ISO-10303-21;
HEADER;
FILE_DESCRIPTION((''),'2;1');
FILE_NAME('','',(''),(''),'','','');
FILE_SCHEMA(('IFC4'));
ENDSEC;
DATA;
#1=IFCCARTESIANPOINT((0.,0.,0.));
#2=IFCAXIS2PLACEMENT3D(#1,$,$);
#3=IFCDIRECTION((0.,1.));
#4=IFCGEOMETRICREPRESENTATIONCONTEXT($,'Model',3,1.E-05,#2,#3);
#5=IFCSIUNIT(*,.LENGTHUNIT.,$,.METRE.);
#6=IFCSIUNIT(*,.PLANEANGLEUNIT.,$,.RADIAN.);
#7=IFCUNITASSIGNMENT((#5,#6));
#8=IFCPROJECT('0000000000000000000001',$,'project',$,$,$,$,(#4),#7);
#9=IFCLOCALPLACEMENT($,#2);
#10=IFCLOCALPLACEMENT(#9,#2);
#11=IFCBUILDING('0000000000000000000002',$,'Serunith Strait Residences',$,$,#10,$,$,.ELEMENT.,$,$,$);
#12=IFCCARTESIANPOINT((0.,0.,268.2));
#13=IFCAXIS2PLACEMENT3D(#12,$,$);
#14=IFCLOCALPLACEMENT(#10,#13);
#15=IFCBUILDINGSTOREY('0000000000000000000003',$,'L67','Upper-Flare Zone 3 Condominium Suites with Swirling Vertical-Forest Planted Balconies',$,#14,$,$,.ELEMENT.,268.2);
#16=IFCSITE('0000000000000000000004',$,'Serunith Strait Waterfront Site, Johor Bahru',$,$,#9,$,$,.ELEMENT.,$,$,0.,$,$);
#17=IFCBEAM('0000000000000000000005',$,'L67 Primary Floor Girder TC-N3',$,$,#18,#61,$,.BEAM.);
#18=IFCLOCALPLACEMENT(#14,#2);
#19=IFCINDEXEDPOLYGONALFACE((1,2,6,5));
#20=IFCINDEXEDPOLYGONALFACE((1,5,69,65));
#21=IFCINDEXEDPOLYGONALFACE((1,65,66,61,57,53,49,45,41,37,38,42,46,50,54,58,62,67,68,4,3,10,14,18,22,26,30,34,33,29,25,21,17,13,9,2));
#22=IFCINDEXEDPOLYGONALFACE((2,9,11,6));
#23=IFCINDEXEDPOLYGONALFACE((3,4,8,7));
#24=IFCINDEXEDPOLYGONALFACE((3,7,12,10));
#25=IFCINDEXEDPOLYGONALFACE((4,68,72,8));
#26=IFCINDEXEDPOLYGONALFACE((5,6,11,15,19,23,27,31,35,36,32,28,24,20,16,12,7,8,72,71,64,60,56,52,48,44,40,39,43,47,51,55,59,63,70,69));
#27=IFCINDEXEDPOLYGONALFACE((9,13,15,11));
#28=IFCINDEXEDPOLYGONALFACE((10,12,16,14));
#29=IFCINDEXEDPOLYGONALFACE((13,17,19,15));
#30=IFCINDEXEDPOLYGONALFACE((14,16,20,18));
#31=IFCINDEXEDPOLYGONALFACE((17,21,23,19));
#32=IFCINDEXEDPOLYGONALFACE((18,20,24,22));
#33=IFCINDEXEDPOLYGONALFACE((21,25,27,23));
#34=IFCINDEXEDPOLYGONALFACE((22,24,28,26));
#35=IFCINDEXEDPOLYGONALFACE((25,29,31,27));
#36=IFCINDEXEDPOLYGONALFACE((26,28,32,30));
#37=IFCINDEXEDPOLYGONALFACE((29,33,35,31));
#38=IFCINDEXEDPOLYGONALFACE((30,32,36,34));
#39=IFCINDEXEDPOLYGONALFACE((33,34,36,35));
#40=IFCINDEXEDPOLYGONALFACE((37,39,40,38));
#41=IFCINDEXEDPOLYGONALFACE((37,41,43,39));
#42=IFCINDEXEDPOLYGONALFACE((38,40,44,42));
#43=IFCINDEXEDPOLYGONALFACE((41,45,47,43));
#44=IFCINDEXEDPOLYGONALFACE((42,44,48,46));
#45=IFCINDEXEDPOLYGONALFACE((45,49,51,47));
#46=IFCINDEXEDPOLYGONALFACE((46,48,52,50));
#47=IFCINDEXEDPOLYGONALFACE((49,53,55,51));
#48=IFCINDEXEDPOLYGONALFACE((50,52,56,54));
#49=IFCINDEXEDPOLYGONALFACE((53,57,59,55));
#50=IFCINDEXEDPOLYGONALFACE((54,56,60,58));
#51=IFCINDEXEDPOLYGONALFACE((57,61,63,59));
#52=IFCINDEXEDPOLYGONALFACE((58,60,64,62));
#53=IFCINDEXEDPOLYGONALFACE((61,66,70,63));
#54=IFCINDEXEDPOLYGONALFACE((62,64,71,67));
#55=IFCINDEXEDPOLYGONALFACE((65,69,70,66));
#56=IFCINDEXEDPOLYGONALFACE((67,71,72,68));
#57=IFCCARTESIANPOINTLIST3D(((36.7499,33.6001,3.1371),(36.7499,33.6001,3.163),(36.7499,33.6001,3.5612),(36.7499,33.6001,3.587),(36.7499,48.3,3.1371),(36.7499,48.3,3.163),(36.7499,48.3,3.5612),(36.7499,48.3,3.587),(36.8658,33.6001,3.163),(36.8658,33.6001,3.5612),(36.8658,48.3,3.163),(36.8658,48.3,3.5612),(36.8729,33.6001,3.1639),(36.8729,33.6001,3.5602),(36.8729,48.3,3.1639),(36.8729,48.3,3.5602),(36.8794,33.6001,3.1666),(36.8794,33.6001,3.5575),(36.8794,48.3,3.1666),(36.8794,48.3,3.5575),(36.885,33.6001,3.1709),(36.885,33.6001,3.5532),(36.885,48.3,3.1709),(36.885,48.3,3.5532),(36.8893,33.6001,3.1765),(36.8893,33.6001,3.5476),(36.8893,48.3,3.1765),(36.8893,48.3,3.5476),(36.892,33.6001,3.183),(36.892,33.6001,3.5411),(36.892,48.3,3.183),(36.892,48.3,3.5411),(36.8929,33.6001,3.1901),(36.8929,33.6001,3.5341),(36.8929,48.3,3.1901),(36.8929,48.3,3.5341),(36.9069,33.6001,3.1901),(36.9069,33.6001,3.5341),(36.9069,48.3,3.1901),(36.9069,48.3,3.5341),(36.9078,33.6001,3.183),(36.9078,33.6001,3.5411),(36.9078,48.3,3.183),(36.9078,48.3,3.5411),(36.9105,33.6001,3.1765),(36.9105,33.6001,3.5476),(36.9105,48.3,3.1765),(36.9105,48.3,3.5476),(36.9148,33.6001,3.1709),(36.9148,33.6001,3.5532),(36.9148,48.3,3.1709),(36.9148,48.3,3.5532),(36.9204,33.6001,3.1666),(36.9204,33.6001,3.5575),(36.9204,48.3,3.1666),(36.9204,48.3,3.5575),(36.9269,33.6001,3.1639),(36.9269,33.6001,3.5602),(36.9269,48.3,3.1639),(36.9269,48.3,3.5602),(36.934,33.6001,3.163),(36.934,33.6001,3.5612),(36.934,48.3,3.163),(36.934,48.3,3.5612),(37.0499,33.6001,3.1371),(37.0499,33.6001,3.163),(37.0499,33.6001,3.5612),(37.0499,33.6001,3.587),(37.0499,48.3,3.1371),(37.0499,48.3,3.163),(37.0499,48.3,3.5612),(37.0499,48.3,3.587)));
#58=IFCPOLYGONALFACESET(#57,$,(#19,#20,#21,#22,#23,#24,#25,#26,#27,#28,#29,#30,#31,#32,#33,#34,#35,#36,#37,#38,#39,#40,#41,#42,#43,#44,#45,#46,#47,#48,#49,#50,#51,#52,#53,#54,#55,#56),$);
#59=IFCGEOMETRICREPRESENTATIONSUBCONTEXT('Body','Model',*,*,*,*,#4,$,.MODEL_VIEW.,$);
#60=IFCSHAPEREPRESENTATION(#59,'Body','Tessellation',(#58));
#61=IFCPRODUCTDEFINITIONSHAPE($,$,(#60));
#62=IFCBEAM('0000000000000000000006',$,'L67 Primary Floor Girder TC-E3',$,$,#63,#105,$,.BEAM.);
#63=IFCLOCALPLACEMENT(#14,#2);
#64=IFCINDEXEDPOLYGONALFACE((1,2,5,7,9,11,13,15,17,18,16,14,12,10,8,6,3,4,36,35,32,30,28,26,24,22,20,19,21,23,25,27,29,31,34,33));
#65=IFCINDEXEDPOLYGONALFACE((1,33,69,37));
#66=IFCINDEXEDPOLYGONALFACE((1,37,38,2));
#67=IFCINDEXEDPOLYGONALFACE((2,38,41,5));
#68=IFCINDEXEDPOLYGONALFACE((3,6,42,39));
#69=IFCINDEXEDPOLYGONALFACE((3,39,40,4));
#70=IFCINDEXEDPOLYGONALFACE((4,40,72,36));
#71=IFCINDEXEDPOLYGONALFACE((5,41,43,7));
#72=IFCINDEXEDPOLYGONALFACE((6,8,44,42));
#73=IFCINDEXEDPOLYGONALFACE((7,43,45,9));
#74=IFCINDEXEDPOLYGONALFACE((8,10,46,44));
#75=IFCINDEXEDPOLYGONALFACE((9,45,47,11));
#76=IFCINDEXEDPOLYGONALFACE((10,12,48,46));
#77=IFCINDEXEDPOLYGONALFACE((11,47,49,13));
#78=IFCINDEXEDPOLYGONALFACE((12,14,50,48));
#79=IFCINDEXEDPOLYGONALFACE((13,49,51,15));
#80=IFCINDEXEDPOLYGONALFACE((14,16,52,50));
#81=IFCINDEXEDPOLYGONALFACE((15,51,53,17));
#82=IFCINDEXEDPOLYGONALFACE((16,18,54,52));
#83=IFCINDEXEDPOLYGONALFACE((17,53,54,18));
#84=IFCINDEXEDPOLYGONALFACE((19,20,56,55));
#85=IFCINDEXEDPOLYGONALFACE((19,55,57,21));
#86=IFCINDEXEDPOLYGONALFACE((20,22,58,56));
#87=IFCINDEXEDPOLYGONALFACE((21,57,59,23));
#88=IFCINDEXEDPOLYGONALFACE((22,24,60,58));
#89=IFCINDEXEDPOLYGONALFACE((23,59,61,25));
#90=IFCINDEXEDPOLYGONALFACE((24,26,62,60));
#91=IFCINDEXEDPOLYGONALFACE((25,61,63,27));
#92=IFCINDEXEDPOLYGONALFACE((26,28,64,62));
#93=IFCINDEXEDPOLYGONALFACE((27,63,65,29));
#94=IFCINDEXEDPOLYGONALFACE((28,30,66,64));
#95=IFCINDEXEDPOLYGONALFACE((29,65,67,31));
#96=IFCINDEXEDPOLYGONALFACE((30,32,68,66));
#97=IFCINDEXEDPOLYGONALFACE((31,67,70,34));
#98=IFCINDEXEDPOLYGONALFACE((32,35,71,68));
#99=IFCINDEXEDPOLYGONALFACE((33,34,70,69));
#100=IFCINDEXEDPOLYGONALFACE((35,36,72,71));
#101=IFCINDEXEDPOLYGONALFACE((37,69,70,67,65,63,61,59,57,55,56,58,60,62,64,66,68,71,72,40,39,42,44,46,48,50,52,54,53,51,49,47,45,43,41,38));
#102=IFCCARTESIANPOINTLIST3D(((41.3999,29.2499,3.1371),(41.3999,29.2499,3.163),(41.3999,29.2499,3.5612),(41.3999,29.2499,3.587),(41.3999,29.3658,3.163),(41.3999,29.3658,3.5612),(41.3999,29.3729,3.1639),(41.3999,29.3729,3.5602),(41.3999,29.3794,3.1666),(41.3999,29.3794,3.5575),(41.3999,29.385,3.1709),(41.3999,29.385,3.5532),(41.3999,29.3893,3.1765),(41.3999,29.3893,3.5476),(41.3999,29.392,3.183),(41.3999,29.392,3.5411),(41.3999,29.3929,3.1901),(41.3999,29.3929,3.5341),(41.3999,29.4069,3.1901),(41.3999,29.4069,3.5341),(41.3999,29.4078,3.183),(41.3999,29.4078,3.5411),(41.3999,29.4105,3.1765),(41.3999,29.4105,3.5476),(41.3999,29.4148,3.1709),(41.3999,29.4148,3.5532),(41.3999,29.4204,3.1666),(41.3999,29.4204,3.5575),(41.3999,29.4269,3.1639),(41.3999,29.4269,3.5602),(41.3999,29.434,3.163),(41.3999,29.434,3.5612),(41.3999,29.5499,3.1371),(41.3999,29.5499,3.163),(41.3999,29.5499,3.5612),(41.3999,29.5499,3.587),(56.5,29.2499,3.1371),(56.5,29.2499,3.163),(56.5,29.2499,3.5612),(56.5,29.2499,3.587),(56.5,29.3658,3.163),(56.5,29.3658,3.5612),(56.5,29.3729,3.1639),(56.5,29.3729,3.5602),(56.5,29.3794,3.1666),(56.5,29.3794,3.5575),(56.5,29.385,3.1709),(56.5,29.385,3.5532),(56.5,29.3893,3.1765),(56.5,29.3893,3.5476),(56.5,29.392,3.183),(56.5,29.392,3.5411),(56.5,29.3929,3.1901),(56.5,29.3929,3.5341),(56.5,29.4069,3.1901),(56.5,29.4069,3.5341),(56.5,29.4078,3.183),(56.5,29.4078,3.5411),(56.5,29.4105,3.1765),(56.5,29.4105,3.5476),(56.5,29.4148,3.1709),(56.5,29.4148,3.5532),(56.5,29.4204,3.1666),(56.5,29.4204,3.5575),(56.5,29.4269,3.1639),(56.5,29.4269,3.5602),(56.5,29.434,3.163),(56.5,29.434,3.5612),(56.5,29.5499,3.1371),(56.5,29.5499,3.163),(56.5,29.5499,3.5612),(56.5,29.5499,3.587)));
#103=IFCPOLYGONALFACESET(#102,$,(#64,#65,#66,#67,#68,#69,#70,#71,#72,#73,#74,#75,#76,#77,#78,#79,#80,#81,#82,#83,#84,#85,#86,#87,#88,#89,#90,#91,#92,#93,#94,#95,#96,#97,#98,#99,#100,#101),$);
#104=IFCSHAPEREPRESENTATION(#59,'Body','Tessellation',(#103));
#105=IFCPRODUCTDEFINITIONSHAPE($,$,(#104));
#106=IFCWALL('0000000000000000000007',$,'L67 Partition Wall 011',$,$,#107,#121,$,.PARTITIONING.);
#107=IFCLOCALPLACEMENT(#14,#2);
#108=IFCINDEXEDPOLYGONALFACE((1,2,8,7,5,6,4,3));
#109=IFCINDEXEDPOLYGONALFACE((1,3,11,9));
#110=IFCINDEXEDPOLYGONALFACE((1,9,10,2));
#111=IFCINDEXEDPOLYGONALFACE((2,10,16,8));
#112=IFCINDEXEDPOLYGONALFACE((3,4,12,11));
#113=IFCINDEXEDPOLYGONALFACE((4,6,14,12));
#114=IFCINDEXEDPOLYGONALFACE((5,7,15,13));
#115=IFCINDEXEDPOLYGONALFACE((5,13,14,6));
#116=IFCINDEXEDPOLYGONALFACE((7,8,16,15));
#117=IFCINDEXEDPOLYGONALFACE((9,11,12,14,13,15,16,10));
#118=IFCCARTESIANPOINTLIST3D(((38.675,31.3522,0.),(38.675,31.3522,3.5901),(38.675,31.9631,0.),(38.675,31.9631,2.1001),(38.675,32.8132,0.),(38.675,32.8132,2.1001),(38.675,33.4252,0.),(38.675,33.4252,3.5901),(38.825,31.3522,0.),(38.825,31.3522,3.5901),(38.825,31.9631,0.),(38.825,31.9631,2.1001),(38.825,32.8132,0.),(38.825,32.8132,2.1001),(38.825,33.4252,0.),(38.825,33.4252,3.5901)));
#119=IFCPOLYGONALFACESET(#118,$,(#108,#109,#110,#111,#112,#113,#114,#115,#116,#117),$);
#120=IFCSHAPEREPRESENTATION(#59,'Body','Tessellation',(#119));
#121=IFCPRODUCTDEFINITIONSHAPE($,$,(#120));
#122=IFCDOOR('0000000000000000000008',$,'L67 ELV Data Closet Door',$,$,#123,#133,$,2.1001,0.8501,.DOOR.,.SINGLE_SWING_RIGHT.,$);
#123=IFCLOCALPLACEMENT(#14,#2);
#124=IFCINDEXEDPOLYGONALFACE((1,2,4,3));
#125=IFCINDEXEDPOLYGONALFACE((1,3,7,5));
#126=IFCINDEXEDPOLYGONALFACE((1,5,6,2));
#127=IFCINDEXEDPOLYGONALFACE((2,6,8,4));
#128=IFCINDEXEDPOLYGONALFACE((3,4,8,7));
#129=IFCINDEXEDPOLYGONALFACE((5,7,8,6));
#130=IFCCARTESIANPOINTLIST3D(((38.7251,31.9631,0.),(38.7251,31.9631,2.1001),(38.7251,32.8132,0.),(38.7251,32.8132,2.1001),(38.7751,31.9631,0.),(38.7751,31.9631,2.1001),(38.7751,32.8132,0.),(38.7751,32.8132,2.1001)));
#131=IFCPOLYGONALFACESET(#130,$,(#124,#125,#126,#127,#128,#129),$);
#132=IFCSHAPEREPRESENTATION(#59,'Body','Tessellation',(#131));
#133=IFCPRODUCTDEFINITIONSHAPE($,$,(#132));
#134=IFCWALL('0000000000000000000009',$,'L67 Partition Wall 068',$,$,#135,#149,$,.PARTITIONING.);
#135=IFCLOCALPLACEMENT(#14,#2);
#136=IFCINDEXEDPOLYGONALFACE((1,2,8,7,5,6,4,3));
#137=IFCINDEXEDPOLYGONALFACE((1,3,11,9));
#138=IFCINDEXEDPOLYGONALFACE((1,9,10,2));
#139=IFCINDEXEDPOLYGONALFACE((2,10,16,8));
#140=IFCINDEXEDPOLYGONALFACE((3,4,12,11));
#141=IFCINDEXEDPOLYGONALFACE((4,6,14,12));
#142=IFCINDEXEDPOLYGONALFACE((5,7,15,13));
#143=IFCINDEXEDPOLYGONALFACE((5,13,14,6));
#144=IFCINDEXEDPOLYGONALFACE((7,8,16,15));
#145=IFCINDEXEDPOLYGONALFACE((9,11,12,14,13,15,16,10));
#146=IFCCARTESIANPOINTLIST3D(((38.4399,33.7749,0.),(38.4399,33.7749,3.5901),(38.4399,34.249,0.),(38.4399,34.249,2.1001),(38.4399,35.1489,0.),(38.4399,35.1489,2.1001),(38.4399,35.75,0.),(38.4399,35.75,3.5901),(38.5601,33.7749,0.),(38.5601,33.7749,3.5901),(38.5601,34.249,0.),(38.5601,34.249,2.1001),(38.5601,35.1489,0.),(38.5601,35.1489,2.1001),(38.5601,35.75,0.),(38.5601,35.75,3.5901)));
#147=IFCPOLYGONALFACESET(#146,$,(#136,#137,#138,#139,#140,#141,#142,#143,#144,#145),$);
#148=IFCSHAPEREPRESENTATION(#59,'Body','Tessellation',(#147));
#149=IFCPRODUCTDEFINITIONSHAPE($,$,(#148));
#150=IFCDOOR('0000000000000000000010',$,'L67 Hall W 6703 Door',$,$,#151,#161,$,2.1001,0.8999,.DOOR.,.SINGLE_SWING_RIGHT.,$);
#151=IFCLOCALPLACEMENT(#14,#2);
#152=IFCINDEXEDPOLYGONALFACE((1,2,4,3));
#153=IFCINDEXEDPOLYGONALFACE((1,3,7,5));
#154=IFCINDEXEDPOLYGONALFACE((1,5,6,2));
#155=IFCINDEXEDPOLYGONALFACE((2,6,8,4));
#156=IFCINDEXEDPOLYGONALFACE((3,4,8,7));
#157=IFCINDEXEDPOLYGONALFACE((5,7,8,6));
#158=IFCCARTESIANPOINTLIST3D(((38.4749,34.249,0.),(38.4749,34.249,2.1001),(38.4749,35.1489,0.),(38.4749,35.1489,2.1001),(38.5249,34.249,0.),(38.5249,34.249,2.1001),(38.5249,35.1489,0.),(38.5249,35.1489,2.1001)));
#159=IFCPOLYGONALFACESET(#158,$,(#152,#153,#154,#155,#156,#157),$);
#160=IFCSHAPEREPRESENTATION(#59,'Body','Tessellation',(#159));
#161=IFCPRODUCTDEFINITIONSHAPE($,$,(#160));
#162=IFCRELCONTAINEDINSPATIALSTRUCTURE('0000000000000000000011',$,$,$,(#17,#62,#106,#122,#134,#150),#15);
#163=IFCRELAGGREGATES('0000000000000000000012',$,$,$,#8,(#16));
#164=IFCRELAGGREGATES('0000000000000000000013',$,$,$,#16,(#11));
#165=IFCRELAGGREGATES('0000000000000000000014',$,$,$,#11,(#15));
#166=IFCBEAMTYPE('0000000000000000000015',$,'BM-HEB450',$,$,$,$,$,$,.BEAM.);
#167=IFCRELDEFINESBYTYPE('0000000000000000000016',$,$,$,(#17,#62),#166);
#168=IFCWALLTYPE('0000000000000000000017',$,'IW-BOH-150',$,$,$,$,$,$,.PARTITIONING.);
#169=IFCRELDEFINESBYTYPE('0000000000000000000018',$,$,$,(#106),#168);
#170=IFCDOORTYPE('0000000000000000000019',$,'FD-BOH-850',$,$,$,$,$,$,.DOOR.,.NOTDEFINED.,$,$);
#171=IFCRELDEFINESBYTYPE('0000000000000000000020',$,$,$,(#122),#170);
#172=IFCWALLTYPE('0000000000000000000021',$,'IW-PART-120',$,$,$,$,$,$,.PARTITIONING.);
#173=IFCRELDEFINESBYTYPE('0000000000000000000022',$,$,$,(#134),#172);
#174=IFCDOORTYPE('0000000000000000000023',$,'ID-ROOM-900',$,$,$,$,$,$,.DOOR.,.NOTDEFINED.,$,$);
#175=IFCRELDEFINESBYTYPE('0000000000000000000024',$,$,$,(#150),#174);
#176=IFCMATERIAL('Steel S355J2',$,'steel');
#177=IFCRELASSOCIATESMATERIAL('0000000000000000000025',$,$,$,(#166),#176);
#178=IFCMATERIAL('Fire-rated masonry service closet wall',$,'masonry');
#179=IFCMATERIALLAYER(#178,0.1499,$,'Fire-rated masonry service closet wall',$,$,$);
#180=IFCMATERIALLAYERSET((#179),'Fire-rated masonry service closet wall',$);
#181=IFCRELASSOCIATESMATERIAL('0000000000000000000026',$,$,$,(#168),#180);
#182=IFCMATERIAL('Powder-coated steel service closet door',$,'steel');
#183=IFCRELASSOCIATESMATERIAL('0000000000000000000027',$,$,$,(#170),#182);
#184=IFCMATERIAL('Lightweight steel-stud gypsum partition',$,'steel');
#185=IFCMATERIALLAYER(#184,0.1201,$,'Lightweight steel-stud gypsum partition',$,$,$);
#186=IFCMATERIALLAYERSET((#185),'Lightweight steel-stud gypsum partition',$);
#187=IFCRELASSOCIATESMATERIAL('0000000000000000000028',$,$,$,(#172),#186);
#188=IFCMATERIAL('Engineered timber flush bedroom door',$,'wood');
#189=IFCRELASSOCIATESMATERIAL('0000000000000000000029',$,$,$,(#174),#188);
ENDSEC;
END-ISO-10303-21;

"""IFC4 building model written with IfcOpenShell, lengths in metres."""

from ifc_helpers import new_model, si_unit, direction, frame, frame_2d, origin, origin_2d, place, context, subcontext, project, spatial, rectangle, i_section, extrude, source, transform, mapped, material, layer, layer_set, material_profile, profile_set, type_object, element, fill, save


model = new_model("IFC4")

# Units and contexts
model_context = context("Model", 3, precision=1e-05, world=origin(), true_north=direction((0.0, 1.0)))
body_context = subcontext(model_context, "Body", "Model", "MODEL_VIEW")
ifc_project = project(units=[si_unit("LENGTHUNIT", "METRE"), si_unit("PLANEANGLEUNIT", "RADIAN")], contexts=[model_context])

# Site, building, storey
site_placement = place(None, origin())
site = spatial("IfcSite", under=ifc_project, at=site_placement, Name="Serunith Strait Waterfront Site, Johor Bahru", CompositionType="ELEMENT", RefElevation=0.0)
building_placement = place(site_placement, origin())
building = spatial("IfcBuilding", under=site, at=building_placement, Name="Serunith Strait Residences", CompositionType="ELEMENT")
storey_placement = place(building_placement, frame((0.0, 0.0, 268.2)))
storey = spatial("IfcBuildingStorey", under=building, at=storey_placement, Name="L67", Description="Upper-Flare Zone 3 Condominium Suites with Swirling Vertical-Forest Planted Balconies", CompositionType="ELEMENT", Elevation=268.2)

# Beams
ifc_material_1 = material(Name="Steel S355J2", Category="steel")
ifc_material_profile = material_profile(ifc_material_1, i_section(OverallWidth=0.3, OverallDepth=0.45, WebThickness=0.0139, FlangeThickness=0.0259, FilletRadius=0.0271, at=origin_2d()), Name="HEB 450")
ifc_profile_set = profile_set([ifc_material_profile], Name="Steel S355J2")
beam_type = type_object("IfcBeamType", Name="BM-HEB450", PredefinedType="BEAM", material=ifc_profile_set)
shared_shape_1 = source(origin(), body_context, "Body", "SweptSolid", [
    extrude(i_section(OverallWidth=0.3, OverallDepth=0.45, WebThickness=0.0139, FlangeThickness=0.0259, FilletRadius=0.0271, at=origin_2d()), origin(), (0.0, 0.0, 1.0), 14.7),
])
beam_1_placement = place(storey_placement, frame((36.8999, 33.6001, 3.3621), z_axis=(0.0, 1.0, 0.0), x_axis=(-1.0, 0.0, 0.0)))
element("IfcBeam", 1, at=beam_1_placement, inside=storey, type_object=beam_type, Name="L67 Primary Floor Girder TC-N3", PredefinedType="BEAM", context=body_context, shape_type="MappedRepresentation", body=[
    mapped(shared_shape_1, transform((0.0, 0.0, 0.0), scale=1.0)),
])
shared_shape_2 = source(origin(), body_context, "Body", "SweptSolid", [
    extrude(i_section(OverallWidth=0.3, OverallDepth=0.45, WebThickness=0.0139, FlangeThickness=0.0259, FilletRadius=0.0271, at=origin_2d()), origin(), (0.0, 0.0, 1.0), 15.1001),
])
beam_2_placement = place(storey_placement, frame((41.3999, 29.3999, 3.3621), z_axis=(1.0, 0.0, 0.0), x_axis=(0.0, 1.0, 0.0)))
element("IfcBeam", 2, at=beam_2_placement, inside=storey, type_object=beam_type, Name="L67 Primary Floor Girder TC-E3", PredefinedType="BEAM", context=body_context, shape_type="MappedRepresentation", body=[
    mapped(shared_shape_2, transform((0.0, 0.0, 0.0), scale=1.0)),
])

# Walls, openings, doors
ifc_material_2 = material(Name="Fire-rated masonry service closet wall", Category="masonry")
ifc_layer_1 = layer(ifc_material_2, 0.1499, Name="Fire-rated masonry service closet wall")
ifc_layer_set_1 = layer_set([ifc_layer_1], Name="Fire-rated masonry service closet wall")
wall_type_1 = type_object("IfcWallType", Name="IW-BOH-150", PredefinedType="PARTITIONING", material=ifc_layer_set_1)
wall_1_placement = place(storey_placement, frame((38.75, 31.3521, 0.0), z_axis=(0.0, 0.0, 1.0), x_axis=(0.0, 1.0, 0.0)))
wall_1 = element("IfcWall", 3, at=wall_1_placement, inside=storey, type_object=wall_type_1, Name="L67 Partition Wall 011", PredefinedType="PARTITIONING", context=body_context, shape_type="SweptSolid", body=[
    extrude(rectangle(XDim=2.073, YDim=0.1499, at=frame_2d((1.0366, 0.0))), origin(), (0.0, 0.0, 1.0), 3.5901),
])
opening_1_placement = place(wall_1_placement, frame((0.6111, 0.0, 0.0)))
opening_1 = element("IfcOpeningElement", 4, at=opening_1_placement, cuts=wall_1, PredefinedType="OPENING", context=body_context, shape_type="SweptSolid", body=[
    extrude(rectangle(XDim=0.8501, YDim=2.1001, at=frame_2d((0.425, 1.05))), frame((0.0, 0.085, 0.0), z_axis=(0.0, -1.0, 0.0), x_axis=(1.0, 0.0, 0.0)), (0.0, 0.0, 1.0), 0.1699),
])
ifc_material_3 = material(Name="Powder-coated steel service closet door", Category="steel")
door_type_1 = type_object("IfcDoorType", Name="FD-BOH-850", OperationType="NOTDEFINED", PredefinedType="DOOR", material=ifc_material_3)
shared_shape_3 = source(origin(), body_context, "Body", "SweptSolid", [
    extrude(rectangle(XDim=0.8501, YDim=2.1001, at=frame_2d((0.425, 1.05))), frame((0.0, 0.0249, 0.0), z_axis=(0.0, -1.0, 0.0), x_axis=(1.0, 0.0, 0.0)), (0.0, 0.0, 1.0), 0.05),
])
door_1_placement = place(opening_1_placement, origin())
door_1 = element("IfcDoor", 5, at=door_1_placement, inside=storey, type_object=door_type_1, Name="L67 ELV Data Closet Door", OperationType="SINGLE_SWING_RIGHT", OverallHeight=2.1001, OverallWidth=0.8501, PredefinedType="DOOR", context=body_context, shape_type="MappedRepresentation", body=[
    mapped(shared_shape_3, transform((0.0, 0.0, 0.0), scale=1.0)),
])
fill(opening_1, door_1)
ifc_material_4 = material(Name="Lightweight steel-stud gypsum partition", Category="steel")
ifc_layer_2 = layer(ifc_material_4, 0.1201, Name="Lightweight steel-stud gypsum partition")
ifc_layer_set_2 = layer_set([ifc_layer_2], Name="Lightweight steel-stud gypsum partition")
wall_type_2 = type_object("IfcWallType", Name="IW-PART-120", PredefinedType="PARTITIONING", material=ifc_layer_set_2)
wall_2_placement = place(storey_placement, frame((38.5, 35.75, 0.0), z_axis=(0.0, 0.0, 1.0), x_axis=(0.0, -1.0, 0.0)))
wall_2 = element("IfcWall", 6, at=wall_2_placement, inside=storey, type_object=wall_type_2, Name="L67 Partition Wall 068", PredefinedType="PARTITIONING", context=body_context, shape_type="SweptSolid", body=[
    extrude(rectangle(XDim=1.9751, YDim=0.1201, at=frame_2d((0.9875, 0.0))), origin(), (0.0, 0.0, 1.0), 3.5901),
])
opening_2_placement = place(wall_2_placement, frame((0.6011, 0.0, 0.0)))
opening_2 = element("IfcOpeningElement", 7, at=opening_2_placement, cuts=wall_2, PredefinedType="OPENING", context=body_context, shape_type="SweptSolid", body=[
    extrude(rectangle(XDim=0.8999, YDim=2.1001, at=frame_2d((0.45, 1.05))), frame((0.0, 0.0701, 0.0), z_axis=(0.0, -1.0, 0.0), x_axis=(1.0, 0.0, 0.0)), (0.0, 0.0, 1.0), 0.1401),
])
ifc_material_5 = material(Name="Engineered timber flush bedroom door", Category="wood")
door_type_2 = type_object("IfcDoorType", Name="ID-ROOM-900", OperationType="NOTDEFINED", PredefinedType="DOOR", material=ifc_material_5)
shared_shape_4 = source(origin(), body_context, "Body", "SweptSolid", [
    extrude(rectangle(XDim=0.8999, YDim=2.1001, at=frame_2d((0.45, 1.05))), frame((0.0, 0.0249, 0.0), z_axis=(0.0, -1.0, 0.0), x_axis=(1.0, 0.0, 0.0)), (0.0, 0.0, 1.0), 0.05),
])
door_2_placement = place(opening_2_placement, origin())
door_2 = element("IfcDoor", 8, at=door_2_placement, inside=storey, type_object=door_type_2, Name="L67 Hall W 6703 Door", OperationType="SINGLE_SWING_RIGHT", OverallHeight=2.1001, OverallWidth=0.8999, PredefinedType="DOOR", context=body_context, shape_type="MappedRepresentation", body=[
    mapped(shared_shape_4, transform((0.0, 0.0, 0.0), scale=1.0)),
])
fill(opening_2, door_2)

save(model, "model.ifc")
